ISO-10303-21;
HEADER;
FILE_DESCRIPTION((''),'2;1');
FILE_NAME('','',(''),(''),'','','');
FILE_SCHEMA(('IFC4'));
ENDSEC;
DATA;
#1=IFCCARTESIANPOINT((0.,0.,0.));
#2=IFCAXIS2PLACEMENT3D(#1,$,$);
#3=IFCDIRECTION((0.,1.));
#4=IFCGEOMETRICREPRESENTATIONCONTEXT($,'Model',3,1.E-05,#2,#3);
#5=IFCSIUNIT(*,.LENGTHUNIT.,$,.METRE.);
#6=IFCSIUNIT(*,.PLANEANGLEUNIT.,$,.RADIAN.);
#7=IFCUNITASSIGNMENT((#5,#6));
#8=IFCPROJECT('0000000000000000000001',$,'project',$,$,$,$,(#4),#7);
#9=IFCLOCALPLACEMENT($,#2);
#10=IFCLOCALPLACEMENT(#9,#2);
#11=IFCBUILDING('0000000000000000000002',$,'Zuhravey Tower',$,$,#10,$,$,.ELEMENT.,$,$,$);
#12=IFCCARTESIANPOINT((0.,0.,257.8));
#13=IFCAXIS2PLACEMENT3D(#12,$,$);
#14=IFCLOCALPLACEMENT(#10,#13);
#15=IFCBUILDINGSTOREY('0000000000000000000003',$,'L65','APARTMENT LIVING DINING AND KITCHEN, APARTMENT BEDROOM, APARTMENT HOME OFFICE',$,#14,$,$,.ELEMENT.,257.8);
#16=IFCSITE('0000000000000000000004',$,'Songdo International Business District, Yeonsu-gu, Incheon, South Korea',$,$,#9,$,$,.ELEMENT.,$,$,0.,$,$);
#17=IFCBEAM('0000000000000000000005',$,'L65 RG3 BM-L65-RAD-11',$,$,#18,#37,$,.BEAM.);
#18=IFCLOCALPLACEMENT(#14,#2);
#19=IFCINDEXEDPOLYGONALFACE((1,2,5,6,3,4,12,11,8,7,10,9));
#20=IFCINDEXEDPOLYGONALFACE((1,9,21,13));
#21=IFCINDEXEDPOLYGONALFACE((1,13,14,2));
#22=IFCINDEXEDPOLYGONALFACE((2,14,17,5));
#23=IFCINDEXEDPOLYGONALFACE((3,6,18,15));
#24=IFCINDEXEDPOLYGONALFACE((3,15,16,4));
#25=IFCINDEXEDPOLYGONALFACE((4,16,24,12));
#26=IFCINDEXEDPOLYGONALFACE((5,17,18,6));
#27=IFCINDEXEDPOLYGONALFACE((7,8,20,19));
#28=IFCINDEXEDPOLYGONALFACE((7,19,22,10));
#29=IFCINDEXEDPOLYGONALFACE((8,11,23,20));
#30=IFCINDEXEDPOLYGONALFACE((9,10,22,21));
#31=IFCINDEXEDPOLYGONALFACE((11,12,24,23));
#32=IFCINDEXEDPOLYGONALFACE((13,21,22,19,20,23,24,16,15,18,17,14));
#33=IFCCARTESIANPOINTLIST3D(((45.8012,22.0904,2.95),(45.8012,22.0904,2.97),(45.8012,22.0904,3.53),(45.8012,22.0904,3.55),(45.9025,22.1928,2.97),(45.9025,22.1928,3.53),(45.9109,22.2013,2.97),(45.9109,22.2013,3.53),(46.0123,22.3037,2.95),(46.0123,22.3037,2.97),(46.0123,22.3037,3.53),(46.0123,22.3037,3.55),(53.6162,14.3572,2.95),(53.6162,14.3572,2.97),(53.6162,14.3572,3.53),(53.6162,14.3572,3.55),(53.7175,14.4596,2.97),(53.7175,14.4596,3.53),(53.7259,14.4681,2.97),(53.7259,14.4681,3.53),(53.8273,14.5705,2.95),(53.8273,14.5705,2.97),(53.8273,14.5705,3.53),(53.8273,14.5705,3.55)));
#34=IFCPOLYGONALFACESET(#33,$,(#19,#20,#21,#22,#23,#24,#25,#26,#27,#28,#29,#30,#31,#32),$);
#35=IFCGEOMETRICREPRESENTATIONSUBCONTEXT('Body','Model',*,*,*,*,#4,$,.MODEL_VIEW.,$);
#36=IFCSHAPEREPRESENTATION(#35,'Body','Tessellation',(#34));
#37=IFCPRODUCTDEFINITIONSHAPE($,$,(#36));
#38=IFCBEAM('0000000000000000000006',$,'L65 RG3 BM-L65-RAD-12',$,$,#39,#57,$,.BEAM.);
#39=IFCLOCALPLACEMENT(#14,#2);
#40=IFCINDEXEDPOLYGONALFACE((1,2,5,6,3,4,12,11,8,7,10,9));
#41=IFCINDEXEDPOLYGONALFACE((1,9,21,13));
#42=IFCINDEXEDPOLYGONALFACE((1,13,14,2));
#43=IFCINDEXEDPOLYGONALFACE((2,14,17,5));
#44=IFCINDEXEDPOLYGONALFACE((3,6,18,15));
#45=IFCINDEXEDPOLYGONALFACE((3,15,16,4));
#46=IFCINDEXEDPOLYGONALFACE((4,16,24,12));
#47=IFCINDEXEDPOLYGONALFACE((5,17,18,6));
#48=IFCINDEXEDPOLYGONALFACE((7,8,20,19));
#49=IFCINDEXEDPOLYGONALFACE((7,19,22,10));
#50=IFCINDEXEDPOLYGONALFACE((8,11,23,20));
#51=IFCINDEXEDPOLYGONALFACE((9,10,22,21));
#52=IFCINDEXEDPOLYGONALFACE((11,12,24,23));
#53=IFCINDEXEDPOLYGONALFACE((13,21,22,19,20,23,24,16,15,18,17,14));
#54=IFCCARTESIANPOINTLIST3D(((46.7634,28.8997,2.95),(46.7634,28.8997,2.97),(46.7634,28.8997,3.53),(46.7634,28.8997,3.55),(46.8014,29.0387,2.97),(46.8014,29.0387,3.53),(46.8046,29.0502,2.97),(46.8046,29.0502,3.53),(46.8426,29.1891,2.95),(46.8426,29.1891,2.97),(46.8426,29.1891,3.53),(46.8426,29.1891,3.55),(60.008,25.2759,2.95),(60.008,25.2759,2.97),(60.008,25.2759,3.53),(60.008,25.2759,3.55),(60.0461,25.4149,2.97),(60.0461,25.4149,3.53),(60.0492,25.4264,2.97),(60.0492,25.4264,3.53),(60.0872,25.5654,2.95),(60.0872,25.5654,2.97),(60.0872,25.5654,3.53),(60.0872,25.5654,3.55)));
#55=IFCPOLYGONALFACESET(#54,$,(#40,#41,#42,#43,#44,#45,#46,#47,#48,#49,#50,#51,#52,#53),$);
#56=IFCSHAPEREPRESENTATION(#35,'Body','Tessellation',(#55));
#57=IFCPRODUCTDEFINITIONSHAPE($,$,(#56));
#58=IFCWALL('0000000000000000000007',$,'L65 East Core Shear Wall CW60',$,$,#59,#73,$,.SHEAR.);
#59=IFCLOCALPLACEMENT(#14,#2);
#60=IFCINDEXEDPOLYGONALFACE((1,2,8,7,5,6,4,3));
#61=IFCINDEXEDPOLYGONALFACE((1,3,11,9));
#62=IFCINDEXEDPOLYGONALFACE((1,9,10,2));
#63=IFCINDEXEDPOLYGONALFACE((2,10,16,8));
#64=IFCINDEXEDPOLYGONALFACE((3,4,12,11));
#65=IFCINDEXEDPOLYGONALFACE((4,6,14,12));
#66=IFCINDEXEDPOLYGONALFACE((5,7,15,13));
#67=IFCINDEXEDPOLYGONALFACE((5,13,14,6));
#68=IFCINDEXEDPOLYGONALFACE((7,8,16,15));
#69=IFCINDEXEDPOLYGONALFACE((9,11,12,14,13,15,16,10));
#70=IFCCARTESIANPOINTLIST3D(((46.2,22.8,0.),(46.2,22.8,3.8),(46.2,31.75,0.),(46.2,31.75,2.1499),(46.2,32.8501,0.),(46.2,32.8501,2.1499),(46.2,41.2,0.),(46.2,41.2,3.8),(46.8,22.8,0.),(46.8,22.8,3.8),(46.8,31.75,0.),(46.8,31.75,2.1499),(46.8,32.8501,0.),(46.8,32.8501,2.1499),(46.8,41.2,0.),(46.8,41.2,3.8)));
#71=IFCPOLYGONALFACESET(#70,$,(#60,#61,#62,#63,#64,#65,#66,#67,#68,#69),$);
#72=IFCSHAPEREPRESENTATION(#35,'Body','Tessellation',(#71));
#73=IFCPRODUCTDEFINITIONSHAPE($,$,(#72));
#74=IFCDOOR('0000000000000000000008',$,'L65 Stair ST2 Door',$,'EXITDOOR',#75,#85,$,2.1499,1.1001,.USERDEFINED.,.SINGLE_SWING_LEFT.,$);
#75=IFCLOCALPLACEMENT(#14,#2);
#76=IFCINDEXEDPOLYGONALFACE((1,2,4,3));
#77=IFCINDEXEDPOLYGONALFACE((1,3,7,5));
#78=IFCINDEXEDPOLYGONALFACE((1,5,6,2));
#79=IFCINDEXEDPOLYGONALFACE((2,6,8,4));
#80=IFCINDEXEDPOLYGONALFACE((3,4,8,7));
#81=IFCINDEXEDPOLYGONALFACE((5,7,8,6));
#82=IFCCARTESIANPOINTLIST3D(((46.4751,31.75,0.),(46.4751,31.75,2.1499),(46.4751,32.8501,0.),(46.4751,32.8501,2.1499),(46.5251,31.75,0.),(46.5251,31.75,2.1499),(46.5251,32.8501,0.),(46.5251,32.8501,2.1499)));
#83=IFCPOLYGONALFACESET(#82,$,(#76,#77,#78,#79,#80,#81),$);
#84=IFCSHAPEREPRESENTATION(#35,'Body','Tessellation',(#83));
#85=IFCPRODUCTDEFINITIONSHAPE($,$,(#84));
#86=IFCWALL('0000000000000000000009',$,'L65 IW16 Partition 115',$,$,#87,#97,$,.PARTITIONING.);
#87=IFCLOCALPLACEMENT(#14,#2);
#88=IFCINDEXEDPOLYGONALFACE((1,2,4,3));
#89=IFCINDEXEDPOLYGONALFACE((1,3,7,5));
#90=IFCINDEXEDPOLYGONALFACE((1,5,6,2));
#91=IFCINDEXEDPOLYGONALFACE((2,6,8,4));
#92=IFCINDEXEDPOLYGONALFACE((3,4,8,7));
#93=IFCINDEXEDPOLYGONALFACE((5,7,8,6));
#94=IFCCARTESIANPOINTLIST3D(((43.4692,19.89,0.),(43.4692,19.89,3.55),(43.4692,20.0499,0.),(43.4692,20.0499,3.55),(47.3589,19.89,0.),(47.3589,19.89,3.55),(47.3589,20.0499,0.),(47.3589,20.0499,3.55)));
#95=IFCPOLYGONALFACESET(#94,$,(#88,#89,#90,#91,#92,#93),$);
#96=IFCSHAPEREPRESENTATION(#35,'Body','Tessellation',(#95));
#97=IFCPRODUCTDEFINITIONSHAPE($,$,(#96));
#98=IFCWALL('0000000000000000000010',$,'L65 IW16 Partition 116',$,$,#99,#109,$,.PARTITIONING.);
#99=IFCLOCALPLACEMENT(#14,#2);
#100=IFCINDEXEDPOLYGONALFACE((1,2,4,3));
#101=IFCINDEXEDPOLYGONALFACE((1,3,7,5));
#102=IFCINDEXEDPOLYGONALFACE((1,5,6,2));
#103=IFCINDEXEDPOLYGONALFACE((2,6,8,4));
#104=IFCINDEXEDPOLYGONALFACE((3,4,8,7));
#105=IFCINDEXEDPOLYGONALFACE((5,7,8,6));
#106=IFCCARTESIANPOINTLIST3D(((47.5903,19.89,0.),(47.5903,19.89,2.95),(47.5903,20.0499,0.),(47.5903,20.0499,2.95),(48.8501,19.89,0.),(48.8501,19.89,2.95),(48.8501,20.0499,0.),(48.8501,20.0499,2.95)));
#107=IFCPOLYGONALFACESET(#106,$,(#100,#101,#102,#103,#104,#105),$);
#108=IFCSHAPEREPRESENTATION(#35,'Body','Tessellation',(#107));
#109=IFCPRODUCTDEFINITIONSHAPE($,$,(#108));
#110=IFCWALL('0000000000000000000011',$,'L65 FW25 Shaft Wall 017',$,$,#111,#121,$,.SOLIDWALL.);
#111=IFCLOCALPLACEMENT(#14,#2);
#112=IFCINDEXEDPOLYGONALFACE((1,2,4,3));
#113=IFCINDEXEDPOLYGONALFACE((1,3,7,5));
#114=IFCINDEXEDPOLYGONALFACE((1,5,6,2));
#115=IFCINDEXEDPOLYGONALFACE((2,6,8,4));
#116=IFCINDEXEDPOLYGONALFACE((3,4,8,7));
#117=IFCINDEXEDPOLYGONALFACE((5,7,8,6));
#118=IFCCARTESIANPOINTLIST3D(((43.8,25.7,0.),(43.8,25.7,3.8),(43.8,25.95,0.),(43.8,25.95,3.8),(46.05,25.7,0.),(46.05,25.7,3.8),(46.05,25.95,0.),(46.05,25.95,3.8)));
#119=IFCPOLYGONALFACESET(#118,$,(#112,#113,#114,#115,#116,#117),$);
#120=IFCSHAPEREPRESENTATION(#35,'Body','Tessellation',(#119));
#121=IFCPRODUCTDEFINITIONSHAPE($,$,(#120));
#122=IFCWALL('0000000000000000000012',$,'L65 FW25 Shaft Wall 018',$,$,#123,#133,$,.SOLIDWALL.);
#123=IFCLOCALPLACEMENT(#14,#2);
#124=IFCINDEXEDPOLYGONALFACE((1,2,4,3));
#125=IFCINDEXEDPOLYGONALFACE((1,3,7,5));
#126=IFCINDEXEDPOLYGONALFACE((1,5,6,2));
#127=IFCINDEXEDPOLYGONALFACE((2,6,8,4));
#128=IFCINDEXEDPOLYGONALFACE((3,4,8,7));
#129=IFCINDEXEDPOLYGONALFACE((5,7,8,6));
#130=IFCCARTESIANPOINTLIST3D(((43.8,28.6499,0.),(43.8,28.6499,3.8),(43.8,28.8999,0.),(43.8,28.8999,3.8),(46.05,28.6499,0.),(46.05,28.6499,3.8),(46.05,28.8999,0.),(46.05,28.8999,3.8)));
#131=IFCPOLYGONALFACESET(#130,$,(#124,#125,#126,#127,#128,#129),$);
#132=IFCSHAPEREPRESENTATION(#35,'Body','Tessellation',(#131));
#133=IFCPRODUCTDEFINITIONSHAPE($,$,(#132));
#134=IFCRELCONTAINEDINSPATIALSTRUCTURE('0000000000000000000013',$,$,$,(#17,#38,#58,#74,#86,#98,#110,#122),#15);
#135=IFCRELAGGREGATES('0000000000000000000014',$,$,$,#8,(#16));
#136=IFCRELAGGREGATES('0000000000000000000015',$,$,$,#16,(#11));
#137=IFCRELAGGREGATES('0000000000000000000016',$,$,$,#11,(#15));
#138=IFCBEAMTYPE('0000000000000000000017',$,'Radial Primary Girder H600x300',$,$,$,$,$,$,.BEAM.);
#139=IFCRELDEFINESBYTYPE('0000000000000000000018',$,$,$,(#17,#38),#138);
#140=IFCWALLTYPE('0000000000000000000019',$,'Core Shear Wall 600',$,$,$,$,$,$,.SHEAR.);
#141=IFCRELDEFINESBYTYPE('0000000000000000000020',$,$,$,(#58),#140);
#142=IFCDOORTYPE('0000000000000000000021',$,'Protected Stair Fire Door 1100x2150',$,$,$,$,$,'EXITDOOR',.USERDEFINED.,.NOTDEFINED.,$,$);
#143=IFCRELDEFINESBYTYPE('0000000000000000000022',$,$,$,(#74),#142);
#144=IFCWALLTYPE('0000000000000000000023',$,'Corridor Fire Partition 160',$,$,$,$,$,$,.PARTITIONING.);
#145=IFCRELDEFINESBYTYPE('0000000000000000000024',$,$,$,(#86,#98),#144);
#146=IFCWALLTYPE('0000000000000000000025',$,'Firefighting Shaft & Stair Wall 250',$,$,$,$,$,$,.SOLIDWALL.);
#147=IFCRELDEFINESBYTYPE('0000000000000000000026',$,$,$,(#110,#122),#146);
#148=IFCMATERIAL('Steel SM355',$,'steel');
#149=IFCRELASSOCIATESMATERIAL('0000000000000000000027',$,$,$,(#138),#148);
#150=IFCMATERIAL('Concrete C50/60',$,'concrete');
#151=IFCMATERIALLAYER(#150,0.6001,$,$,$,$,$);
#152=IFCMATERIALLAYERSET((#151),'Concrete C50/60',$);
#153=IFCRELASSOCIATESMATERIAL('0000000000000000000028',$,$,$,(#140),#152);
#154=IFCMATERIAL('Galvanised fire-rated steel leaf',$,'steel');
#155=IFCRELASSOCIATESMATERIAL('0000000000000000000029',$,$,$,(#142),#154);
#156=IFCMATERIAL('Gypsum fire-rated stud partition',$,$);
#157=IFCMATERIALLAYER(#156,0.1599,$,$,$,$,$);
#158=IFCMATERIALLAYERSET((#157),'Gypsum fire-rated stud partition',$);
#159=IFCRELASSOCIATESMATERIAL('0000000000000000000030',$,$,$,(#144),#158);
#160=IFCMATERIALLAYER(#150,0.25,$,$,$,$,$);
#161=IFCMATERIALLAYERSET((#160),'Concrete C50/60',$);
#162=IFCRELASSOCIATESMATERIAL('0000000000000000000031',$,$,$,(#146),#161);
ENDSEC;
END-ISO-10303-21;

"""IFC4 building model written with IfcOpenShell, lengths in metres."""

from ifc_helpers import new_model, si_unit, direction, frame, frame_2d, origin, origin_2d, place, context, subcontext, project, spatial, rectangle, i_section, extrude, material, layer, layer_set, material_profile, profile_set, type_object, element, fill, save


model = new_model("IFC4")

# Units and contexts
model_context = context("Model", 3, precision=1e-05, world=origin(), true_north=direction((0.0, 1.0)))
body_context = subcontext(model_context, "Body", "Model", "MODEL_VIEW")
ifc_project = project(units=[si_unit("LENGTHUNIT", "METRE"), si_unit("PLANEANGLEUNIT", "RADIAN")], contexts=[model_context])

# Site, building, storey
site_placement = place(None, origin())
site = spatial("IfcSite", under=ifc_project, at=site_placement, Name="Songdo International Business District, Yeonsu-gu, Incheon, South Korea", CompositionType="ELEMENT", RefElevation=0.0)
building_placement = place(site_placement, origin())
building = spatial("IfcBuilding", under=site, at=building_placement, Name="Zuhravey Tower", CompositionType="ELEMENT")
storey_placement = place(building_placement, frame((0.0, 0.0, 257.8)))
storey = spatial("IfcBuildingStorey", under=building, at=storey_placement, Name="L65", Description="APARTMENT LIVING DINING AND KITCHEN, APARTMENT BEDROOM, APARTMENT HOME OFFICE", CompositionType="ELEMENT", Elevation=257.8)

# Beams
ifc_material_1 = material(Name="Steel SM355", Category="steel")
ifc_material_profile = material_profile(ifc_material_1, i_section(OverallWidth=0.3, OverallDepth=0.6001, WebThickness=0.012, FlangeThickness=0.02, at=origin_2d()), Name="H-600x300x12x20")
ifc_profile_set = profile_set([ifc_material_profile], Name="Steel SM355")
beam_type = type_object("IfcBeamType", Name="Radial Primary Girder H600x300", PredefinedType="BEAM", material=ifc_profile_set)
beam_1_placement = place(storey_placement, frame((45.9067, 22.197, 3.25), z_axis=(0.710817, -0.703377, 0.0), x_axis=(0.703377, 0.710817, 0.0)))
element("IfcBeam", 1, at=beam_1_placement, inside=storey, type_object=beam_type, Name="L65 RG3 BM-L65-RAD-11", PredefinedType="BEAM", context=body_context, shape_type="SweptSolid", body=[
    extrude(i_section(OverallWidth=0.3, OverallDepth=0.6001, WebThickness=0.012, FlangeThickness=0.02, at=origin_2d()), origin(), (0.0, 0.0, 1.0), 10.9944),
])
beam_2_placement = place(storey_placement, frame((46.803, 29.0444, 3.25), z_axis=(0.964549, -0.263904, 0.0), x_axis=(0.263904, 0.964549, 0.0)))
element("IfcBeam", 2, at=beam_2_placement, inside=storey, type_object=beam_type, Name="L65 RG3 BM-L65-RAD-12", PredefinedType="BEAM", context=body_context, shape_type="SweptSolid", body=[
    extrude(i_section(OverallWidth=0.3, OverallDepth=0.6001, WebThickness=0.012, FlangeThickness=0.02, at=origin_2d()), origin(), (0.0, 0.0, 1.0), 13.7314),
])

# Wall, opening, door
ifc_material_2 = material(Name="Concrete C50/60", Category="concrete")
ifc_layer_1 = layer(ifc_material_2, 0.6001)
ifc_layer_set_1 = layer_set([ifc_layer_1], Name="Concrete C50/60")
wall_type_1 = type_object("IfcWallType", Name="Core Shear Wall 600", PredefinedType="SHEAR", material=ifc_layer_set_1)
wall_1_placement = place(storey_placement, frame((46.5, 22.8, 0.0), z_axis=(0.0, 0.0, 1.0), x_axis=(0.0, 1.0, 0.0)))
wall_1 = element("IfcWall", 3, at=wall_1_placement, inside=storey, type_object=wall_type_1, Name="L65 East Core Shear Wall CW60", PredefinedType="SHEAR", context=body_context, shape_type="SweptSolid", body=[
    extrude(rectangle(XDim=18.3999, YDim=0.6001, at=frame_2d((9.2, 0.0))), origin(), (0.0, 0.0, 1.0), 3.8),
])
opening_1_placement = place(wall_1_placement, frame((8.95, 0.0, 0.0)))
opening_1 = element("IfcOpeningElement", 4, at=opening_1_placement, cuts=wall_1, PredefinedType="OPENING", context=body_context, shape_type="SweptSolid", body=[
    extrude(rectangle(XDim=1.1001, YDim=2.1499, at=frame_2d((0.55, 1.075))), frame((0.0, 0.312, 0.0), z_axis=(0.0, -1.0, 0.0), x_axis=(1.0, 0.0, 0.0)), (0.0, 0.0, 1.0), 0.624),
])
ifc_material_3 = material(Name="Galvanised fire-rated steel leaf", Category="steel")
door_type_1 = type_object("IfcDoorType", Name="Protected Stair Fire Door 1100x2150", ElementType="EXITDOOR", OperationType="NOTDEFINED", PredefinedType="USERDEFINED", material=ifc_material_3)
door_1_placement = place(opening_1_placement, origin())
door_1 = element("IfcDoor", 5, at=door_1_placement, inside=storey, type_object=door_type_1, Name="L65 Stair ST2 Door", ObjectType="EXITDOOR", OperationType="SINGLE_SWING_LEFT", OverallHeight=2.1499, OverallWidth=1.1001, PredefinedType="USERDEFINED", context=body_context, shape_type="SweptSolid", body=[
    extrude(rectangle(XDim=1.1001, YDim=2.1499, at=frame_2d((0.55, 1.075))), frame((0.0, 0.0249, 0.0), z_axis=(0.0, -1.0, 0.0), x_axis=(1.0, 0.0, 0.0)), (0.0, 0.0, 1.0), 0.05),
])
fill(opening_1, door_1)

# Walls
ifc_material_4 = material(Name="Gypsum fire-rated stud partition")
ifc_layer_2 = layer(ifc_material_4, 0.1599)
ifc_layer_set_2 = layer_set([ifc_layer_2], Name="Gypsum fire-rated stud partition")
wall_type_2 = type_object("IfcWallType", Name="Corridor Fire Partition 160", PredefinedType="PARTITIONING", material=ifc_layer_set_2)
wall_2_placement = place(storey_placement, frame((43.4692, 19.97, 0.0), z_axis=(0.0, 0.0, 1.0), x_axis=(1.0, 0.0, 0.0)))
element("IfcWall", 6, at=wall_2_placement, inside=storey, type_object=wall_type_2, Name="L65 IW16 Partition 115", PredefinedType="PARTITIONING", context=body_context, shape_type="SweptSolid", body=[
    extrude(rectangle(XDim=3.8896, YDim=0.1599, at=frame_2d((1.9448, 0.0))), origin(), (0.0, 0.0, 1.0), 3.55),
])
wall_3_placement = place(storey_placement, frame((47.5903, 19.97, 0.0), z_axis=(0.0, 0.0, 1.0), x_axis=(1.0, 0.0, 0.0)))
element("IfcWall", 7, at=wall_3_placement, inside=storey, type_object=wall_type_2, Name="L65 IW16 Partition 116", PredefinedType="PARTITIONING", context=body_context, shape_type="SweptSolid", body=[
    extrude(rectangle(XDim=1.2598, YDim=0.1599, at=frame_2d((0.6299, 0.0))), origin(), (0.0, 0.0, 1.0), 2.95),
])
ifc_layer_3 = layer(ifc_material_2, 0.25)
ifc_layer_set_3 = layer_set([ifc_layer_3], Name="Concrete C50/60")
wall_type_3 = type_object("IfcWallType", Name="Firefighting Shaft & Stair Wall 250", PredefinedType="SOLIDWALL", material=ifc_layer_set_3)
for number, where, z_axis, x_axis, name in (
    (8, (43.8, 25.825, 0.0), (0.0, 0.0, 1.0), (1.0, 0.0, 0.0), "L65 FW25 Shaft Wall 017"),
    (9, (43.8, 28.7749, 0.0), (0.0, 0.0, 1.0), (1.0, 0.0, 0.0), "L65 FW25 Shaft Wall 018"),
):
    element("IfcWall", number, at=place(storey_placement, frame(where, z_axis=z_axis, x_axis=x_axis)), inside=storey, type_object=wall_type_3, Name=name, PredefinedType="SOLIDWALL", context=body_context, shape_type="SweptSolid", body=[
        extrude(rectangle(XDim=2.25, YDim=0.25, at=frame_2d((1.125, 0.0))), origin(), (0.0, 0.0, 1.0), 3.8),
    ])

save(model, "model.ifc")
